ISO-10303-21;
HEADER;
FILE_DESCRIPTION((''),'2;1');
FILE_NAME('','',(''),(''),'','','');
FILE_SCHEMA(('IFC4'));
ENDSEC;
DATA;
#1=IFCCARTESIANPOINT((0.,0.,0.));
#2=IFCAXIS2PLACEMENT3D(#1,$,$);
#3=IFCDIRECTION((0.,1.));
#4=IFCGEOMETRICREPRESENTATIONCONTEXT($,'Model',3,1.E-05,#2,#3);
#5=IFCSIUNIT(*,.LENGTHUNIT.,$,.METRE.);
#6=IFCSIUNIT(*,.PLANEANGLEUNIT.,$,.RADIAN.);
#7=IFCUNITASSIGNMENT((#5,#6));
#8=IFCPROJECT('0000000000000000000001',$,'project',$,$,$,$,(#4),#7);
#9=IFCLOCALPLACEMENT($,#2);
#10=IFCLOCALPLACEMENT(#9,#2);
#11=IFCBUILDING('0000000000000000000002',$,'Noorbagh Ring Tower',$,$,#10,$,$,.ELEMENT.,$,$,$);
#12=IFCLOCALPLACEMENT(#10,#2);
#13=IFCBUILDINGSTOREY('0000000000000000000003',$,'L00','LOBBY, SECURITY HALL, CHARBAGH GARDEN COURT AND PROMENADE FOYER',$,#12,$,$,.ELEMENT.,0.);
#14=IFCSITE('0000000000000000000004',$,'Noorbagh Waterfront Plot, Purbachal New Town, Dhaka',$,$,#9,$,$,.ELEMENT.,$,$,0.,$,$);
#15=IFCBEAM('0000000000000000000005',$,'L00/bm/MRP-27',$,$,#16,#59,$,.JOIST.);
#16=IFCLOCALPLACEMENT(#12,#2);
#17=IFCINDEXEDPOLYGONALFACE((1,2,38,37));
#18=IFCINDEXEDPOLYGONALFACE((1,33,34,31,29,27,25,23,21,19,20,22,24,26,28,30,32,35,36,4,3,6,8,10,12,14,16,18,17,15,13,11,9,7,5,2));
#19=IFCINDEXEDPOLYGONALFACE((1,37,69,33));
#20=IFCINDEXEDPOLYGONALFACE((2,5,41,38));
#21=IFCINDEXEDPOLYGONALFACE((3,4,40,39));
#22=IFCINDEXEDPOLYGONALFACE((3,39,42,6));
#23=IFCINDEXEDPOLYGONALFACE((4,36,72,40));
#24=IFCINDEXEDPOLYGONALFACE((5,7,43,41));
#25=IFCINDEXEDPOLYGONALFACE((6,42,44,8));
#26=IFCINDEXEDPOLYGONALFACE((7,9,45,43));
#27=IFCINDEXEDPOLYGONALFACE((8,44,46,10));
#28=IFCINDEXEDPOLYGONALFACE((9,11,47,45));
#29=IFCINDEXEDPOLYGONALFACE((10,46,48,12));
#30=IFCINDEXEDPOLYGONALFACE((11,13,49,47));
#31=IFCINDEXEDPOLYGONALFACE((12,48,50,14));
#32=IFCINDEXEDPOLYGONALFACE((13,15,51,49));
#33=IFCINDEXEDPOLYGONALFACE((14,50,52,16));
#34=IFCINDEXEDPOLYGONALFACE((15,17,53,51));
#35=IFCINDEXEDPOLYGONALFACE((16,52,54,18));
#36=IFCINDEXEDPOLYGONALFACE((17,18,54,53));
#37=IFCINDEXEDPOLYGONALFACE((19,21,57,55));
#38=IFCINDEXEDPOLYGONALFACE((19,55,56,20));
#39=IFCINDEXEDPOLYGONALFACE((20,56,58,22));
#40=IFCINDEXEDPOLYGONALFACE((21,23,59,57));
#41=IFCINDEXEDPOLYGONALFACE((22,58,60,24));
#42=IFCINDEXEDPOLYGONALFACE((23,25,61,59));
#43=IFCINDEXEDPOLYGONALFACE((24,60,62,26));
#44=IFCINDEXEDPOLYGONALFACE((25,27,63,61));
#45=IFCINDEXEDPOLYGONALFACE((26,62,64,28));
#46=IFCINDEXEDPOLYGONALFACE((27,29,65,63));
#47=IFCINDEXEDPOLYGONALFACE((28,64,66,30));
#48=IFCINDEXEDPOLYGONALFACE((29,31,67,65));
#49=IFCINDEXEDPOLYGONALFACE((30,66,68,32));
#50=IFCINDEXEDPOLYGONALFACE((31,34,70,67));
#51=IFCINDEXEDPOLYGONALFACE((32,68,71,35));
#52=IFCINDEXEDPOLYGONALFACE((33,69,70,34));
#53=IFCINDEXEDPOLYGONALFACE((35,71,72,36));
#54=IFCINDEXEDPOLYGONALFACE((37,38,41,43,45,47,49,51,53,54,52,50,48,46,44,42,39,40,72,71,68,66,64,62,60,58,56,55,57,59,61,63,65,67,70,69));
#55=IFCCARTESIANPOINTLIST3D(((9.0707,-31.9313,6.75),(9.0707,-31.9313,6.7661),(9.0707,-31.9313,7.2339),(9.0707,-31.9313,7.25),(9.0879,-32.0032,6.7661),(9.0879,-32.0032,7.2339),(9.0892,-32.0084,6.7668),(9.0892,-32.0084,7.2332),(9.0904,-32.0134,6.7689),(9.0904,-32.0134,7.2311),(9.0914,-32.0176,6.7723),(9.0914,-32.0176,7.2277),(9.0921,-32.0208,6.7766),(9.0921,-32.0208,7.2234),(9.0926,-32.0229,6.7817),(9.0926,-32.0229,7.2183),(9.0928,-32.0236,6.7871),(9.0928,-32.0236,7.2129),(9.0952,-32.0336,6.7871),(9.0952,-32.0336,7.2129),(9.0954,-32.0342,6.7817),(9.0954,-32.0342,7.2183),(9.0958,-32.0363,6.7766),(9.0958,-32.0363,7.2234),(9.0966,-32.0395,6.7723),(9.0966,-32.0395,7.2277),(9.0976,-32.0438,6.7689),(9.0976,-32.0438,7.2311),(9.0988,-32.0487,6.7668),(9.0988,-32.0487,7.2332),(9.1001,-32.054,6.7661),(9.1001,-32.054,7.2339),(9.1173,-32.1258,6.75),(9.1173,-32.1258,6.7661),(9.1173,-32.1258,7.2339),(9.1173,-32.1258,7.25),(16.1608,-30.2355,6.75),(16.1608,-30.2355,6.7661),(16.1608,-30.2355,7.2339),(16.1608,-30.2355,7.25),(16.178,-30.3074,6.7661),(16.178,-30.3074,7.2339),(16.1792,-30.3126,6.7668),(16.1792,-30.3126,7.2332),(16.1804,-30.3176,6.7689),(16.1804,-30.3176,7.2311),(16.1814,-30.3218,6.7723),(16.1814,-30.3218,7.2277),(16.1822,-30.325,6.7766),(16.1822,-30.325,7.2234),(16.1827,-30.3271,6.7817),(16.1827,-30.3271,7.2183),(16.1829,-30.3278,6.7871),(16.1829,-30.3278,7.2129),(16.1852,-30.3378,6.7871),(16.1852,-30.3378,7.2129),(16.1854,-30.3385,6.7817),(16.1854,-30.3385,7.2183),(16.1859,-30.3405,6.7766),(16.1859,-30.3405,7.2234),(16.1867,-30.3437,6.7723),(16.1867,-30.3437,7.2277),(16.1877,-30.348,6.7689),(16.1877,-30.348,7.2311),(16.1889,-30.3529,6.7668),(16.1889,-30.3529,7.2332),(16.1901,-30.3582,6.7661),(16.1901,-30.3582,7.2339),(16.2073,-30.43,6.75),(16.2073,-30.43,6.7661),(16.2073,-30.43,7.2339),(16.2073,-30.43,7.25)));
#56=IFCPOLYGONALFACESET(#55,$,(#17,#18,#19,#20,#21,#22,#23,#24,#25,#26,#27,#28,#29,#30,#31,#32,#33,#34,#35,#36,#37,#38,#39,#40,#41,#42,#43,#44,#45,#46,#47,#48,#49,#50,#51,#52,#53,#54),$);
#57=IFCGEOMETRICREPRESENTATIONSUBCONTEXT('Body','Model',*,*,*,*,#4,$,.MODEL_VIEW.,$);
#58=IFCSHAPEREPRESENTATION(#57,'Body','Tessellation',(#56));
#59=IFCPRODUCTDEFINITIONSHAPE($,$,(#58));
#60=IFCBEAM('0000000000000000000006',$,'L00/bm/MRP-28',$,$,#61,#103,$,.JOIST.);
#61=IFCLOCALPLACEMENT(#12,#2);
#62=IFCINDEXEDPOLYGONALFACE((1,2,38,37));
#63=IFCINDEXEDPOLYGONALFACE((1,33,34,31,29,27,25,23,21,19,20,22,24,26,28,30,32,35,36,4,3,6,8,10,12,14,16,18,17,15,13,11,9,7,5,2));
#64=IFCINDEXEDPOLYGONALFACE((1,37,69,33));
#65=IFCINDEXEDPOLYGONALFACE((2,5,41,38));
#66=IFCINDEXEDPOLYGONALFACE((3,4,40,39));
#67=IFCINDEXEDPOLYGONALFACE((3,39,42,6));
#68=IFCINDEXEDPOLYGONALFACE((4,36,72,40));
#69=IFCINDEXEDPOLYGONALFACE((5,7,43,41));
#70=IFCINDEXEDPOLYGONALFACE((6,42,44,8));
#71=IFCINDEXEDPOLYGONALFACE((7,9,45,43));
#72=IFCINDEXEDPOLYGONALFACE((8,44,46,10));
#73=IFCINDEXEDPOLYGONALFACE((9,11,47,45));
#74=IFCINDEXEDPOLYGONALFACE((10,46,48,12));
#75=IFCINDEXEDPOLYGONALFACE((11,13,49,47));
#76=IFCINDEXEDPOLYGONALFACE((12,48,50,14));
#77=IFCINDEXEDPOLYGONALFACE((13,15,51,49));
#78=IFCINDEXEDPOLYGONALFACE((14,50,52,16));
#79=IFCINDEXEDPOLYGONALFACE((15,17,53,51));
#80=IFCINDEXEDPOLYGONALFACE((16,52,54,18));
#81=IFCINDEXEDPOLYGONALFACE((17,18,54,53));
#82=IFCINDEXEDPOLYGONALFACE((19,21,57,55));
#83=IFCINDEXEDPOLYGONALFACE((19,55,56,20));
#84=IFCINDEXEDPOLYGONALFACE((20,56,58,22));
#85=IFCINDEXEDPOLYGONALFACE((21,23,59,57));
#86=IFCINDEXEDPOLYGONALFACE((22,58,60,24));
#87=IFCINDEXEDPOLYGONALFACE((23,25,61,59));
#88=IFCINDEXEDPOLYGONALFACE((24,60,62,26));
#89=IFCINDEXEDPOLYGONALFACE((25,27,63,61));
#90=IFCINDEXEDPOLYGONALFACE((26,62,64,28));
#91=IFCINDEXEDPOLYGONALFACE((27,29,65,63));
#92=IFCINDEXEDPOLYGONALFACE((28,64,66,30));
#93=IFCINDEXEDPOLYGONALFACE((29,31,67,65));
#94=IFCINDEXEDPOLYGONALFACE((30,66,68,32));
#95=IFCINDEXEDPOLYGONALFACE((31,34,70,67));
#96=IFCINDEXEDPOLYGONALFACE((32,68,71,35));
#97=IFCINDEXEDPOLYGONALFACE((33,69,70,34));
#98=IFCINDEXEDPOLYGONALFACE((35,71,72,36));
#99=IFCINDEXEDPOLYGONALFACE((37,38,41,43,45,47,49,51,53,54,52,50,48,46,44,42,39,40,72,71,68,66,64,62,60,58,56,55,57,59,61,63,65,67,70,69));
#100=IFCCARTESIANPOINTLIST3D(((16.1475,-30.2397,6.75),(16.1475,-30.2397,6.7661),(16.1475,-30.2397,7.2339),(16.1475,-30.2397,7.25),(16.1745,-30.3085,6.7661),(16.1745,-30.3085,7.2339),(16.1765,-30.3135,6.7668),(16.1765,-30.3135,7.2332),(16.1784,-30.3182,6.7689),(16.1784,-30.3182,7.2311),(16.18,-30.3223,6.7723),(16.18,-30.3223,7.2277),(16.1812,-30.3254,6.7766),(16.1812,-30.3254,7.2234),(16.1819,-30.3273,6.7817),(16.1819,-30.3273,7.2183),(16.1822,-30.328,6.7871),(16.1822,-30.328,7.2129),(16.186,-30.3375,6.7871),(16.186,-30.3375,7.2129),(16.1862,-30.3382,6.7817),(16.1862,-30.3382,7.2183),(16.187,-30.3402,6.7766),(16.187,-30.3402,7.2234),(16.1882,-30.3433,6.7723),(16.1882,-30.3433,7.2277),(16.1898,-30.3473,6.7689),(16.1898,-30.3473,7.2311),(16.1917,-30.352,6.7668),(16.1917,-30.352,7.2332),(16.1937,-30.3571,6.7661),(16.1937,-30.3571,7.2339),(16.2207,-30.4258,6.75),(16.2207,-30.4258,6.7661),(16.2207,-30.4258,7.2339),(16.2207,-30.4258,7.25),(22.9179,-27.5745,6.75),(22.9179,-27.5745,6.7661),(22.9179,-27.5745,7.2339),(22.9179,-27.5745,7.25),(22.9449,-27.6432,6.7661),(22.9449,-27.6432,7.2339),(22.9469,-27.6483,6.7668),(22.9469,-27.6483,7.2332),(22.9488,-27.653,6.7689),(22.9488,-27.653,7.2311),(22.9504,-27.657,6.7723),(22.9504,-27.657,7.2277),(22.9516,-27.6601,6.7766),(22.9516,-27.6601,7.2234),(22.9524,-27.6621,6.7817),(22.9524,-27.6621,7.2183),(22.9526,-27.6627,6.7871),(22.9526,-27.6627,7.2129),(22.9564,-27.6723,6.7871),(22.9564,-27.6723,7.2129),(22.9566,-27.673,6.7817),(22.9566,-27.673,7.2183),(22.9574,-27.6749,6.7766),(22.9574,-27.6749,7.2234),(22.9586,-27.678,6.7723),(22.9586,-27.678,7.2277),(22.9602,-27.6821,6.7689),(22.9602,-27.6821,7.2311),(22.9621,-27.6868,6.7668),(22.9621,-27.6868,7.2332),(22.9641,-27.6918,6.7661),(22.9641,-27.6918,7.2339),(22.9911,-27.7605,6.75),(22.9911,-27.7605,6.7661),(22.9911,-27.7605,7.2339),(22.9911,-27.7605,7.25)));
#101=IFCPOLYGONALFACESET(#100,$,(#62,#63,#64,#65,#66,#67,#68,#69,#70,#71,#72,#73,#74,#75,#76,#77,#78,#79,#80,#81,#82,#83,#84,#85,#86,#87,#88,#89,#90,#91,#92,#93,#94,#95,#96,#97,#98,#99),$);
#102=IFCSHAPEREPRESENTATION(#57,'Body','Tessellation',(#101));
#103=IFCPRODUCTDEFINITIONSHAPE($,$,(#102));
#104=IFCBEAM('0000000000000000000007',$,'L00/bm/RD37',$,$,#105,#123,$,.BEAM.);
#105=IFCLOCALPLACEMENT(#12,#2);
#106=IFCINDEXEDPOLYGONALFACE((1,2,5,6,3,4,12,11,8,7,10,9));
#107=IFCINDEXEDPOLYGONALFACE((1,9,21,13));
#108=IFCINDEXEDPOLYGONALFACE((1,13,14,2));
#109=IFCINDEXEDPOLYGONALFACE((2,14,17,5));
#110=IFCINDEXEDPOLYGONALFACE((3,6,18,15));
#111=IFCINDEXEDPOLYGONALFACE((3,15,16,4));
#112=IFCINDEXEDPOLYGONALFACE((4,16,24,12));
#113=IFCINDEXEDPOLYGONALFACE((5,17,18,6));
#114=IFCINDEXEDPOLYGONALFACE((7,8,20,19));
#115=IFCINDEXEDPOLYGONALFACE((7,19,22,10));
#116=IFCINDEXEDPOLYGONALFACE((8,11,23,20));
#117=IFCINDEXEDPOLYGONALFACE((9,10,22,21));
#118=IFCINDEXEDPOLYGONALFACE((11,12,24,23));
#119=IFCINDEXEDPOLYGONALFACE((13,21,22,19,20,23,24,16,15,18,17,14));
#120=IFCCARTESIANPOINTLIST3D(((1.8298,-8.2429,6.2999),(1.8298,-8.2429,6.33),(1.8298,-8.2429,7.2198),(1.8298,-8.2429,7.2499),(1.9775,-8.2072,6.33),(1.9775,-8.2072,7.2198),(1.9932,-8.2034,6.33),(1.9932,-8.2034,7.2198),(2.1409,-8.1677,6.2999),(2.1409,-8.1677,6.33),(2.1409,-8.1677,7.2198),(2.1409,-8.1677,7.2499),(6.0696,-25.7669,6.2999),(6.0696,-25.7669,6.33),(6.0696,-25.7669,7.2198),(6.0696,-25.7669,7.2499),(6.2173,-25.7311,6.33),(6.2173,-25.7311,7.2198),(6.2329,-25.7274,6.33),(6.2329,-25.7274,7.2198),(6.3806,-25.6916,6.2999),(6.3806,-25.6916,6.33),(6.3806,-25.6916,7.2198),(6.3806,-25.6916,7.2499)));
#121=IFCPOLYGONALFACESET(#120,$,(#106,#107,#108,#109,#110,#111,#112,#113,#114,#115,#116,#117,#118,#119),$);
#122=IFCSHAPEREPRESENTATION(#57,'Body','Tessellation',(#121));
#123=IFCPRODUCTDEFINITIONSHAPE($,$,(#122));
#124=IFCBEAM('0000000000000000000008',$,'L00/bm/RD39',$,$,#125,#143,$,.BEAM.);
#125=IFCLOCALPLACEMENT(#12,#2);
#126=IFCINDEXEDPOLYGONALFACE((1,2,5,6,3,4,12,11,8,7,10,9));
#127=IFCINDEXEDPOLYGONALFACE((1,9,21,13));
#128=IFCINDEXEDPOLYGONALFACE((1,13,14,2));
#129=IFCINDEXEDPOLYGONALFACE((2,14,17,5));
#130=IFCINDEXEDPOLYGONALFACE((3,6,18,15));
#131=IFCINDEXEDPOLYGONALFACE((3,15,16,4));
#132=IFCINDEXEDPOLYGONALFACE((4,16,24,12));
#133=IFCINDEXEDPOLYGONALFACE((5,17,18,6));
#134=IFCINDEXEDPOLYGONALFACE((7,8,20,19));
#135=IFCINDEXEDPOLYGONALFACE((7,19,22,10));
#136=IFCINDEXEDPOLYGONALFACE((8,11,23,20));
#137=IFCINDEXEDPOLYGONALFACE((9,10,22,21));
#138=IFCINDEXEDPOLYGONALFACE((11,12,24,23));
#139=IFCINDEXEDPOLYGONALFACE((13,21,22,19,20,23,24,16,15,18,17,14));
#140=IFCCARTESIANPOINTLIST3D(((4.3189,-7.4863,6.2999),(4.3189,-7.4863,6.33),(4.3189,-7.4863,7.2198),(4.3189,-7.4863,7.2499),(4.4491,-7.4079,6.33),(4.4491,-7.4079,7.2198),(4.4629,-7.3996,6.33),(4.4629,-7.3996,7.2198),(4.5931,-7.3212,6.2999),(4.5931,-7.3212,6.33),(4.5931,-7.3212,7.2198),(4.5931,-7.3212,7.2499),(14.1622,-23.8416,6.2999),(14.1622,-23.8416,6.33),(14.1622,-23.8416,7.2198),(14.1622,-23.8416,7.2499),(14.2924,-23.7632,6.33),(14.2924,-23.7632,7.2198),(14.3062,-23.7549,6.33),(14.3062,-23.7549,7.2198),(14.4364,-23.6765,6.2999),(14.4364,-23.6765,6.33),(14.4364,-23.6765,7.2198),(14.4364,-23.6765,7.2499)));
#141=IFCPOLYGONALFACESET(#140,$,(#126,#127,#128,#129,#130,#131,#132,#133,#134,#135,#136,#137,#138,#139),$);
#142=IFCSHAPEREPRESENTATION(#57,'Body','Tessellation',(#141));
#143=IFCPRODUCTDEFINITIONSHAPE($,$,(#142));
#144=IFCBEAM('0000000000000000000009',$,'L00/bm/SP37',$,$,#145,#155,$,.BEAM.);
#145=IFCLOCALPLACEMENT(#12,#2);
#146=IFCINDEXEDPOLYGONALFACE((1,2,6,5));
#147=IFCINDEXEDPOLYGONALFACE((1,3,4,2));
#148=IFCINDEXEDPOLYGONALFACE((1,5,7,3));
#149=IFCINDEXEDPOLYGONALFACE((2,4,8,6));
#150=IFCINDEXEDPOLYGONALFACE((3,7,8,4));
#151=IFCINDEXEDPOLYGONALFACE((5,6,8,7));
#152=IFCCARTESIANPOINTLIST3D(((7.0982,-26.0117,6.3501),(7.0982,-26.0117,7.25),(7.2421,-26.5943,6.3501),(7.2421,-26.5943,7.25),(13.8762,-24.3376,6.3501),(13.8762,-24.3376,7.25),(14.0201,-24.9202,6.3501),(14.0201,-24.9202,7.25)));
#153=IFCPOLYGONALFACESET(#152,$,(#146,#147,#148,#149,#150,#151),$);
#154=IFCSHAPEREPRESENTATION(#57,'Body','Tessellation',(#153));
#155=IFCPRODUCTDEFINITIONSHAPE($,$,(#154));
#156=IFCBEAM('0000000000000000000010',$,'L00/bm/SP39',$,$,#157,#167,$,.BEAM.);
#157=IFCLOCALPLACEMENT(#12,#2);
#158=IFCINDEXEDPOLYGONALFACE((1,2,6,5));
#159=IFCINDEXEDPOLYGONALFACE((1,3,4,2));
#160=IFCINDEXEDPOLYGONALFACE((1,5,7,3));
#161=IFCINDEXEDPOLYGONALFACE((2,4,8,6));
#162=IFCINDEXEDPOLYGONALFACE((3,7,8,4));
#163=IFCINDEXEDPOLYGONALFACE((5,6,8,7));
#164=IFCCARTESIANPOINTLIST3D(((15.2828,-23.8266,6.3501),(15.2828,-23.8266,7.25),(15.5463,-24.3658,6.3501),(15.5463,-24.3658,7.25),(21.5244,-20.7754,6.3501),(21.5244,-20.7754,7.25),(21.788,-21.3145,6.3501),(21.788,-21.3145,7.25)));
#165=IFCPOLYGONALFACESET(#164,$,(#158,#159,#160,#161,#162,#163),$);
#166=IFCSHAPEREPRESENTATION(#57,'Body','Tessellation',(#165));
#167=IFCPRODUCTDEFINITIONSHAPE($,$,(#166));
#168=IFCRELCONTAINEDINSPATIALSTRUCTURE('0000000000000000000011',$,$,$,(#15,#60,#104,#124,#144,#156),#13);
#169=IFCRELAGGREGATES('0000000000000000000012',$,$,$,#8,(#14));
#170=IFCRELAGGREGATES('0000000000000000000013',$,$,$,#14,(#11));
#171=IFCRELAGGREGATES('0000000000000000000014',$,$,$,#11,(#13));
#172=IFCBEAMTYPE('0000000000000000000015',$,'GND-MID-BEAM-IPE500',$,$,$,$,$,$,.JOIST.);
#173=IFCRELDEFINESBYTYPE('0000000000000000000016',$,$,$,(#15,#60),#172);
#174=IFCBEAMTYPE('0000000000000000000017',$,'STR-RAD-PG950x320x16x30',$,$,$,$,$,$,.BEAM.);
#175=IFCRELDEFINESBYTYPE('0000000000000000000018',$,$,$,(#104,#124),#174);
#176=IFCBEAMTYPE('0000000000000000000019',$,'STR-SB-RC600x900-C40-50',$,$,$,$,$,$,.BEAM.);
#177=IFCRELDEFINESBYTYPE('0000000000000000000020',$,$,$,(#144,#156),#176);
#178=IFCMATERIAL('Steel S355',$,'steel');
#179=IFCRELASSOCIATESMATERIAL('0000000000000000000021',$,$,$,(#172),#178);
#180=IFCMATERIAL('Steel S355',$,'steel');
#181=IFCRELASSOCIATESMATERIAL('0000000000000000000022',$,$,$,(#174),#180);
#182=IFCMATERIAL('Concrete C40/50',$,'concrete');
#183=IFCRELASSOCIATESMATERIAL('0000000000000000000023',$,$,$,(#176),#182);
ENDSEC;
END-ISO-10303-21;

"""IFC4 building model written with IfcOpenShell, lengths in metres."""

from ifc_helpers import new_model, si_unit, direction, frame, origin, origin_2d, place, context, subcontext, project, spatial, rectangle, i_section, extrude, material, material_profile, profile_set, type_object, element, save


model = new_model("IFC4")

# Units and contexts
model_context = context("Model", 3, precision=1e-05, world=origin(), true_north=direction((0.0, 1.0)))
body_context = subcontext(model_context, "Body", "Model", "MODEL_VIEW")
ifc_project = project(units=[si_unit("LENGTHUNIT", "METRE"), si_unit("PLANEANGLEUNIT", "RADIAN")], contexts=[model_context])

# Site, building, storey
site_placement = place(None, origin())
site = spatial("IfcSite", under=ifc_project, at=site_placement, Name="Noorbagh Waterfront Plot, Purbachal New Town, Dhaka", CompositionType="ELEMENT", RefElevation=0.0)
building_placement = place(site_placement, origin())
building = spatial("IfcBuilding", under=site, at=building_placement, Name="Noorbagh Ring Tower", CompositionType="ELEMENT")
storey_placement = place(building_placement, origin())
storey = spatial("IfcBuildingStorey", under=building, at=storey_placement, Name="L00", Description="LOBBY, SECURITY HALL, CHARBAGH GARDEN COURT AND PROMENADE FOYER", CompositionType="ELEMENT", Elevation=0.0)

# Beams
ifc_material_1 = material(Name="Steel S355", Category="steel")
ifc_material_profile_1 = material_profile(ifc_material_1, i_section(OverallWidth=0.2, OverallDepth=0.5, WebThickness=0.0103, FlangeThickness=0.0161, FilletRadius=0.021, at=origin_2d()), Name="IPE500")
ifc_profile_set_1 = profile_set([ifc_material_profile_1], Name="Steel S355")
beam_type_1 = type_object("IfcBeamType", Name="GND-MID-BEAM-IPE500", PredefinedType="JOIST", material=ifc_profile_set_1)
beam_1_placement = place(storey_placement, frame((9.094, -32.0286, 7.0), z_axis=(0.972568, 0.232618, 0.0), x_axis=(-0.232618, 0.972568, 0.0)))
element("IfcBeam", 1, at=beam_1_placement, inside=storey, type_object=beam_type_1, Name="L00/bm/MRP-27", PredefinedType="JOIST", context=body_context, shape_type="SweptSolid", body=[
    extrude(i_section(OverallWidth=0.2, OverallDepth=0.5, WebThickness=0.0103, FlangeThickness=0.0161, FilletRadius=0.021, at=origin_2d()), origin(), (0.0, 0.0, 1.0), 7.29),
])
beam_2_placement = place(storey_placement, frame((16.1841, -30.3328, 7.0), z_axis=(0.930497, 0.3663, 0.0), x_axis=(-0.3663, 0.930497, 0.0)))
element("IfcBeam", 2, at=beam_2_placement, inside=storey, type_object=beam_type_1, Name="L00/bm/MRP-28", PredefinedType="JOIST", context=body_context, shape_type="SweptSolid", body=[
    extrude(i_section(OverallWidth=0.2, OverallDepth=0.5, WebThickness=0.0103, FlangeThickness=0.0161, FilletRadius=0.021, at=origin_2d()), origin(), (0.0, 0.0, 1.0), 7.2761),
])
ifc_material_2 = material(Name="Steel S355", Category="steel")
ifc_material_profile_2 = material_profile(ifc_material_2, i_section(OverallWidth=0.3201, OverallDepth=0.95, WebThickness=0.0161, FlangeThickness=0.03, at=origin_2d()), Name="PG950x320x16x30")
ifc_profile_set_2 = profile_set([ifc_material_profile_2], Name="Steel S355")
beam_type_2 = type_object("IfcBeamType", Name="STR-RAD-PG950x320x16x30", PredefinedType="BEAM", material=ifc_profile_set_2)
beam_3_placement = place(storey_placement, frame((6.2251, -25.7292, 6.7749), z_axis=(-0.235156, 0.971958, 0.0), x_axis=(-0.971958, -0.235156, 0.0)))
element("IfcBeam", 3, at=beam_3_placement, inside=storey, type_object=beam_type_2, Name="L00/bm/RD37", PredefinedType="BEAM", context=body_context, shape_type="SweptSolid", body=[
    extrude(i_section(OverallWidth=0.3201, OverallDepth=0.95, WebThickness=0.0161, FlangeThickness=0.03, at=origin_2d()), origin(), (0.0, 0.0, 1.0), 18.0295),
])
beam_4_placement = place(storey_placement, frame((14.2993, -23.759, 6.7749), z_axis=(-0.515656, 0.856796, 0.0), x_axis=(-0.856796, -0.515656, 0.0)))
element("IfcBeam", 4, at=beam_4_placement, inside=storey, type_object=beam_type_2, Name="L00/bm/RD39", PredefinedType="BEAM", context=body_context, shape_type="SweptSolid", body=[
    extrude(i_section(OverallWidth=0.3201, OverallDepth=0.95, WebThickness=0.0161, FlangeThickness=0.03, at=origin_2d()), origin(), (0.0, 0.0, 1.0), 19.0889),
])
ifc_material_3 = material(Name="Concrete C40/50", Category="concrete")
ifc_material_profile_3 = material_profile(ifc_material_3, rectangle(XDim=0.6001, YDim=0.8999, at=origin_2d()), Name="RC600x900")
ifc_profile_set_3 = profile_set([ifc_material_profile_3], Name="Concrete C40/50")
beam_type_3 = type_object("IfcBeamType", Name="STR-SB-RC600x900-C40-50", PredefinedType="BEAM", material=ifc_profile_set_3)
beam_5_placement = place(storey_placement, frame((7.1702, -26.303, 6.8), z_axis=(0.970828, 0.239778, 0.0), x_axis=(-0.239778, 0.970828, 0.0)))
element("IfcBeam", 5, at=beam_5_placement, inside=storey, type_object=beam_type_3, Name="L00/bm/SP37", PredefinedType="BEAM", context=body_context, shape_type="SweptSolid", body=[
    extrude(rectangle(XDim=0.6001, YDim=0.8999, at=origin_2d()), origin(), (0.0, 0.0, 1.0), 6.9817),
])
beam_6_placement = place(storey_placement, frame((15.4146, -24.0962, 6.8), z_axis=(0.898397, 0.439184, 0.0), x_axis=(-0.439184, 0.898397, 0.0)))
element("IfcBeam", 6, at=beam_6_placement, inside=storey, type_object=beam_type_3, Name="L00/bm/SP39", PredefinedType="BEAM", context=body_context, shape_type="SweptSolid", body=[
    extrude(rectangle(XDim=0.6001, YDim=0.8999, at=origin_2d()), origin(), (0.0, 0.0, 1.0), 6.9475),
])

save(model, "model.ifc")
